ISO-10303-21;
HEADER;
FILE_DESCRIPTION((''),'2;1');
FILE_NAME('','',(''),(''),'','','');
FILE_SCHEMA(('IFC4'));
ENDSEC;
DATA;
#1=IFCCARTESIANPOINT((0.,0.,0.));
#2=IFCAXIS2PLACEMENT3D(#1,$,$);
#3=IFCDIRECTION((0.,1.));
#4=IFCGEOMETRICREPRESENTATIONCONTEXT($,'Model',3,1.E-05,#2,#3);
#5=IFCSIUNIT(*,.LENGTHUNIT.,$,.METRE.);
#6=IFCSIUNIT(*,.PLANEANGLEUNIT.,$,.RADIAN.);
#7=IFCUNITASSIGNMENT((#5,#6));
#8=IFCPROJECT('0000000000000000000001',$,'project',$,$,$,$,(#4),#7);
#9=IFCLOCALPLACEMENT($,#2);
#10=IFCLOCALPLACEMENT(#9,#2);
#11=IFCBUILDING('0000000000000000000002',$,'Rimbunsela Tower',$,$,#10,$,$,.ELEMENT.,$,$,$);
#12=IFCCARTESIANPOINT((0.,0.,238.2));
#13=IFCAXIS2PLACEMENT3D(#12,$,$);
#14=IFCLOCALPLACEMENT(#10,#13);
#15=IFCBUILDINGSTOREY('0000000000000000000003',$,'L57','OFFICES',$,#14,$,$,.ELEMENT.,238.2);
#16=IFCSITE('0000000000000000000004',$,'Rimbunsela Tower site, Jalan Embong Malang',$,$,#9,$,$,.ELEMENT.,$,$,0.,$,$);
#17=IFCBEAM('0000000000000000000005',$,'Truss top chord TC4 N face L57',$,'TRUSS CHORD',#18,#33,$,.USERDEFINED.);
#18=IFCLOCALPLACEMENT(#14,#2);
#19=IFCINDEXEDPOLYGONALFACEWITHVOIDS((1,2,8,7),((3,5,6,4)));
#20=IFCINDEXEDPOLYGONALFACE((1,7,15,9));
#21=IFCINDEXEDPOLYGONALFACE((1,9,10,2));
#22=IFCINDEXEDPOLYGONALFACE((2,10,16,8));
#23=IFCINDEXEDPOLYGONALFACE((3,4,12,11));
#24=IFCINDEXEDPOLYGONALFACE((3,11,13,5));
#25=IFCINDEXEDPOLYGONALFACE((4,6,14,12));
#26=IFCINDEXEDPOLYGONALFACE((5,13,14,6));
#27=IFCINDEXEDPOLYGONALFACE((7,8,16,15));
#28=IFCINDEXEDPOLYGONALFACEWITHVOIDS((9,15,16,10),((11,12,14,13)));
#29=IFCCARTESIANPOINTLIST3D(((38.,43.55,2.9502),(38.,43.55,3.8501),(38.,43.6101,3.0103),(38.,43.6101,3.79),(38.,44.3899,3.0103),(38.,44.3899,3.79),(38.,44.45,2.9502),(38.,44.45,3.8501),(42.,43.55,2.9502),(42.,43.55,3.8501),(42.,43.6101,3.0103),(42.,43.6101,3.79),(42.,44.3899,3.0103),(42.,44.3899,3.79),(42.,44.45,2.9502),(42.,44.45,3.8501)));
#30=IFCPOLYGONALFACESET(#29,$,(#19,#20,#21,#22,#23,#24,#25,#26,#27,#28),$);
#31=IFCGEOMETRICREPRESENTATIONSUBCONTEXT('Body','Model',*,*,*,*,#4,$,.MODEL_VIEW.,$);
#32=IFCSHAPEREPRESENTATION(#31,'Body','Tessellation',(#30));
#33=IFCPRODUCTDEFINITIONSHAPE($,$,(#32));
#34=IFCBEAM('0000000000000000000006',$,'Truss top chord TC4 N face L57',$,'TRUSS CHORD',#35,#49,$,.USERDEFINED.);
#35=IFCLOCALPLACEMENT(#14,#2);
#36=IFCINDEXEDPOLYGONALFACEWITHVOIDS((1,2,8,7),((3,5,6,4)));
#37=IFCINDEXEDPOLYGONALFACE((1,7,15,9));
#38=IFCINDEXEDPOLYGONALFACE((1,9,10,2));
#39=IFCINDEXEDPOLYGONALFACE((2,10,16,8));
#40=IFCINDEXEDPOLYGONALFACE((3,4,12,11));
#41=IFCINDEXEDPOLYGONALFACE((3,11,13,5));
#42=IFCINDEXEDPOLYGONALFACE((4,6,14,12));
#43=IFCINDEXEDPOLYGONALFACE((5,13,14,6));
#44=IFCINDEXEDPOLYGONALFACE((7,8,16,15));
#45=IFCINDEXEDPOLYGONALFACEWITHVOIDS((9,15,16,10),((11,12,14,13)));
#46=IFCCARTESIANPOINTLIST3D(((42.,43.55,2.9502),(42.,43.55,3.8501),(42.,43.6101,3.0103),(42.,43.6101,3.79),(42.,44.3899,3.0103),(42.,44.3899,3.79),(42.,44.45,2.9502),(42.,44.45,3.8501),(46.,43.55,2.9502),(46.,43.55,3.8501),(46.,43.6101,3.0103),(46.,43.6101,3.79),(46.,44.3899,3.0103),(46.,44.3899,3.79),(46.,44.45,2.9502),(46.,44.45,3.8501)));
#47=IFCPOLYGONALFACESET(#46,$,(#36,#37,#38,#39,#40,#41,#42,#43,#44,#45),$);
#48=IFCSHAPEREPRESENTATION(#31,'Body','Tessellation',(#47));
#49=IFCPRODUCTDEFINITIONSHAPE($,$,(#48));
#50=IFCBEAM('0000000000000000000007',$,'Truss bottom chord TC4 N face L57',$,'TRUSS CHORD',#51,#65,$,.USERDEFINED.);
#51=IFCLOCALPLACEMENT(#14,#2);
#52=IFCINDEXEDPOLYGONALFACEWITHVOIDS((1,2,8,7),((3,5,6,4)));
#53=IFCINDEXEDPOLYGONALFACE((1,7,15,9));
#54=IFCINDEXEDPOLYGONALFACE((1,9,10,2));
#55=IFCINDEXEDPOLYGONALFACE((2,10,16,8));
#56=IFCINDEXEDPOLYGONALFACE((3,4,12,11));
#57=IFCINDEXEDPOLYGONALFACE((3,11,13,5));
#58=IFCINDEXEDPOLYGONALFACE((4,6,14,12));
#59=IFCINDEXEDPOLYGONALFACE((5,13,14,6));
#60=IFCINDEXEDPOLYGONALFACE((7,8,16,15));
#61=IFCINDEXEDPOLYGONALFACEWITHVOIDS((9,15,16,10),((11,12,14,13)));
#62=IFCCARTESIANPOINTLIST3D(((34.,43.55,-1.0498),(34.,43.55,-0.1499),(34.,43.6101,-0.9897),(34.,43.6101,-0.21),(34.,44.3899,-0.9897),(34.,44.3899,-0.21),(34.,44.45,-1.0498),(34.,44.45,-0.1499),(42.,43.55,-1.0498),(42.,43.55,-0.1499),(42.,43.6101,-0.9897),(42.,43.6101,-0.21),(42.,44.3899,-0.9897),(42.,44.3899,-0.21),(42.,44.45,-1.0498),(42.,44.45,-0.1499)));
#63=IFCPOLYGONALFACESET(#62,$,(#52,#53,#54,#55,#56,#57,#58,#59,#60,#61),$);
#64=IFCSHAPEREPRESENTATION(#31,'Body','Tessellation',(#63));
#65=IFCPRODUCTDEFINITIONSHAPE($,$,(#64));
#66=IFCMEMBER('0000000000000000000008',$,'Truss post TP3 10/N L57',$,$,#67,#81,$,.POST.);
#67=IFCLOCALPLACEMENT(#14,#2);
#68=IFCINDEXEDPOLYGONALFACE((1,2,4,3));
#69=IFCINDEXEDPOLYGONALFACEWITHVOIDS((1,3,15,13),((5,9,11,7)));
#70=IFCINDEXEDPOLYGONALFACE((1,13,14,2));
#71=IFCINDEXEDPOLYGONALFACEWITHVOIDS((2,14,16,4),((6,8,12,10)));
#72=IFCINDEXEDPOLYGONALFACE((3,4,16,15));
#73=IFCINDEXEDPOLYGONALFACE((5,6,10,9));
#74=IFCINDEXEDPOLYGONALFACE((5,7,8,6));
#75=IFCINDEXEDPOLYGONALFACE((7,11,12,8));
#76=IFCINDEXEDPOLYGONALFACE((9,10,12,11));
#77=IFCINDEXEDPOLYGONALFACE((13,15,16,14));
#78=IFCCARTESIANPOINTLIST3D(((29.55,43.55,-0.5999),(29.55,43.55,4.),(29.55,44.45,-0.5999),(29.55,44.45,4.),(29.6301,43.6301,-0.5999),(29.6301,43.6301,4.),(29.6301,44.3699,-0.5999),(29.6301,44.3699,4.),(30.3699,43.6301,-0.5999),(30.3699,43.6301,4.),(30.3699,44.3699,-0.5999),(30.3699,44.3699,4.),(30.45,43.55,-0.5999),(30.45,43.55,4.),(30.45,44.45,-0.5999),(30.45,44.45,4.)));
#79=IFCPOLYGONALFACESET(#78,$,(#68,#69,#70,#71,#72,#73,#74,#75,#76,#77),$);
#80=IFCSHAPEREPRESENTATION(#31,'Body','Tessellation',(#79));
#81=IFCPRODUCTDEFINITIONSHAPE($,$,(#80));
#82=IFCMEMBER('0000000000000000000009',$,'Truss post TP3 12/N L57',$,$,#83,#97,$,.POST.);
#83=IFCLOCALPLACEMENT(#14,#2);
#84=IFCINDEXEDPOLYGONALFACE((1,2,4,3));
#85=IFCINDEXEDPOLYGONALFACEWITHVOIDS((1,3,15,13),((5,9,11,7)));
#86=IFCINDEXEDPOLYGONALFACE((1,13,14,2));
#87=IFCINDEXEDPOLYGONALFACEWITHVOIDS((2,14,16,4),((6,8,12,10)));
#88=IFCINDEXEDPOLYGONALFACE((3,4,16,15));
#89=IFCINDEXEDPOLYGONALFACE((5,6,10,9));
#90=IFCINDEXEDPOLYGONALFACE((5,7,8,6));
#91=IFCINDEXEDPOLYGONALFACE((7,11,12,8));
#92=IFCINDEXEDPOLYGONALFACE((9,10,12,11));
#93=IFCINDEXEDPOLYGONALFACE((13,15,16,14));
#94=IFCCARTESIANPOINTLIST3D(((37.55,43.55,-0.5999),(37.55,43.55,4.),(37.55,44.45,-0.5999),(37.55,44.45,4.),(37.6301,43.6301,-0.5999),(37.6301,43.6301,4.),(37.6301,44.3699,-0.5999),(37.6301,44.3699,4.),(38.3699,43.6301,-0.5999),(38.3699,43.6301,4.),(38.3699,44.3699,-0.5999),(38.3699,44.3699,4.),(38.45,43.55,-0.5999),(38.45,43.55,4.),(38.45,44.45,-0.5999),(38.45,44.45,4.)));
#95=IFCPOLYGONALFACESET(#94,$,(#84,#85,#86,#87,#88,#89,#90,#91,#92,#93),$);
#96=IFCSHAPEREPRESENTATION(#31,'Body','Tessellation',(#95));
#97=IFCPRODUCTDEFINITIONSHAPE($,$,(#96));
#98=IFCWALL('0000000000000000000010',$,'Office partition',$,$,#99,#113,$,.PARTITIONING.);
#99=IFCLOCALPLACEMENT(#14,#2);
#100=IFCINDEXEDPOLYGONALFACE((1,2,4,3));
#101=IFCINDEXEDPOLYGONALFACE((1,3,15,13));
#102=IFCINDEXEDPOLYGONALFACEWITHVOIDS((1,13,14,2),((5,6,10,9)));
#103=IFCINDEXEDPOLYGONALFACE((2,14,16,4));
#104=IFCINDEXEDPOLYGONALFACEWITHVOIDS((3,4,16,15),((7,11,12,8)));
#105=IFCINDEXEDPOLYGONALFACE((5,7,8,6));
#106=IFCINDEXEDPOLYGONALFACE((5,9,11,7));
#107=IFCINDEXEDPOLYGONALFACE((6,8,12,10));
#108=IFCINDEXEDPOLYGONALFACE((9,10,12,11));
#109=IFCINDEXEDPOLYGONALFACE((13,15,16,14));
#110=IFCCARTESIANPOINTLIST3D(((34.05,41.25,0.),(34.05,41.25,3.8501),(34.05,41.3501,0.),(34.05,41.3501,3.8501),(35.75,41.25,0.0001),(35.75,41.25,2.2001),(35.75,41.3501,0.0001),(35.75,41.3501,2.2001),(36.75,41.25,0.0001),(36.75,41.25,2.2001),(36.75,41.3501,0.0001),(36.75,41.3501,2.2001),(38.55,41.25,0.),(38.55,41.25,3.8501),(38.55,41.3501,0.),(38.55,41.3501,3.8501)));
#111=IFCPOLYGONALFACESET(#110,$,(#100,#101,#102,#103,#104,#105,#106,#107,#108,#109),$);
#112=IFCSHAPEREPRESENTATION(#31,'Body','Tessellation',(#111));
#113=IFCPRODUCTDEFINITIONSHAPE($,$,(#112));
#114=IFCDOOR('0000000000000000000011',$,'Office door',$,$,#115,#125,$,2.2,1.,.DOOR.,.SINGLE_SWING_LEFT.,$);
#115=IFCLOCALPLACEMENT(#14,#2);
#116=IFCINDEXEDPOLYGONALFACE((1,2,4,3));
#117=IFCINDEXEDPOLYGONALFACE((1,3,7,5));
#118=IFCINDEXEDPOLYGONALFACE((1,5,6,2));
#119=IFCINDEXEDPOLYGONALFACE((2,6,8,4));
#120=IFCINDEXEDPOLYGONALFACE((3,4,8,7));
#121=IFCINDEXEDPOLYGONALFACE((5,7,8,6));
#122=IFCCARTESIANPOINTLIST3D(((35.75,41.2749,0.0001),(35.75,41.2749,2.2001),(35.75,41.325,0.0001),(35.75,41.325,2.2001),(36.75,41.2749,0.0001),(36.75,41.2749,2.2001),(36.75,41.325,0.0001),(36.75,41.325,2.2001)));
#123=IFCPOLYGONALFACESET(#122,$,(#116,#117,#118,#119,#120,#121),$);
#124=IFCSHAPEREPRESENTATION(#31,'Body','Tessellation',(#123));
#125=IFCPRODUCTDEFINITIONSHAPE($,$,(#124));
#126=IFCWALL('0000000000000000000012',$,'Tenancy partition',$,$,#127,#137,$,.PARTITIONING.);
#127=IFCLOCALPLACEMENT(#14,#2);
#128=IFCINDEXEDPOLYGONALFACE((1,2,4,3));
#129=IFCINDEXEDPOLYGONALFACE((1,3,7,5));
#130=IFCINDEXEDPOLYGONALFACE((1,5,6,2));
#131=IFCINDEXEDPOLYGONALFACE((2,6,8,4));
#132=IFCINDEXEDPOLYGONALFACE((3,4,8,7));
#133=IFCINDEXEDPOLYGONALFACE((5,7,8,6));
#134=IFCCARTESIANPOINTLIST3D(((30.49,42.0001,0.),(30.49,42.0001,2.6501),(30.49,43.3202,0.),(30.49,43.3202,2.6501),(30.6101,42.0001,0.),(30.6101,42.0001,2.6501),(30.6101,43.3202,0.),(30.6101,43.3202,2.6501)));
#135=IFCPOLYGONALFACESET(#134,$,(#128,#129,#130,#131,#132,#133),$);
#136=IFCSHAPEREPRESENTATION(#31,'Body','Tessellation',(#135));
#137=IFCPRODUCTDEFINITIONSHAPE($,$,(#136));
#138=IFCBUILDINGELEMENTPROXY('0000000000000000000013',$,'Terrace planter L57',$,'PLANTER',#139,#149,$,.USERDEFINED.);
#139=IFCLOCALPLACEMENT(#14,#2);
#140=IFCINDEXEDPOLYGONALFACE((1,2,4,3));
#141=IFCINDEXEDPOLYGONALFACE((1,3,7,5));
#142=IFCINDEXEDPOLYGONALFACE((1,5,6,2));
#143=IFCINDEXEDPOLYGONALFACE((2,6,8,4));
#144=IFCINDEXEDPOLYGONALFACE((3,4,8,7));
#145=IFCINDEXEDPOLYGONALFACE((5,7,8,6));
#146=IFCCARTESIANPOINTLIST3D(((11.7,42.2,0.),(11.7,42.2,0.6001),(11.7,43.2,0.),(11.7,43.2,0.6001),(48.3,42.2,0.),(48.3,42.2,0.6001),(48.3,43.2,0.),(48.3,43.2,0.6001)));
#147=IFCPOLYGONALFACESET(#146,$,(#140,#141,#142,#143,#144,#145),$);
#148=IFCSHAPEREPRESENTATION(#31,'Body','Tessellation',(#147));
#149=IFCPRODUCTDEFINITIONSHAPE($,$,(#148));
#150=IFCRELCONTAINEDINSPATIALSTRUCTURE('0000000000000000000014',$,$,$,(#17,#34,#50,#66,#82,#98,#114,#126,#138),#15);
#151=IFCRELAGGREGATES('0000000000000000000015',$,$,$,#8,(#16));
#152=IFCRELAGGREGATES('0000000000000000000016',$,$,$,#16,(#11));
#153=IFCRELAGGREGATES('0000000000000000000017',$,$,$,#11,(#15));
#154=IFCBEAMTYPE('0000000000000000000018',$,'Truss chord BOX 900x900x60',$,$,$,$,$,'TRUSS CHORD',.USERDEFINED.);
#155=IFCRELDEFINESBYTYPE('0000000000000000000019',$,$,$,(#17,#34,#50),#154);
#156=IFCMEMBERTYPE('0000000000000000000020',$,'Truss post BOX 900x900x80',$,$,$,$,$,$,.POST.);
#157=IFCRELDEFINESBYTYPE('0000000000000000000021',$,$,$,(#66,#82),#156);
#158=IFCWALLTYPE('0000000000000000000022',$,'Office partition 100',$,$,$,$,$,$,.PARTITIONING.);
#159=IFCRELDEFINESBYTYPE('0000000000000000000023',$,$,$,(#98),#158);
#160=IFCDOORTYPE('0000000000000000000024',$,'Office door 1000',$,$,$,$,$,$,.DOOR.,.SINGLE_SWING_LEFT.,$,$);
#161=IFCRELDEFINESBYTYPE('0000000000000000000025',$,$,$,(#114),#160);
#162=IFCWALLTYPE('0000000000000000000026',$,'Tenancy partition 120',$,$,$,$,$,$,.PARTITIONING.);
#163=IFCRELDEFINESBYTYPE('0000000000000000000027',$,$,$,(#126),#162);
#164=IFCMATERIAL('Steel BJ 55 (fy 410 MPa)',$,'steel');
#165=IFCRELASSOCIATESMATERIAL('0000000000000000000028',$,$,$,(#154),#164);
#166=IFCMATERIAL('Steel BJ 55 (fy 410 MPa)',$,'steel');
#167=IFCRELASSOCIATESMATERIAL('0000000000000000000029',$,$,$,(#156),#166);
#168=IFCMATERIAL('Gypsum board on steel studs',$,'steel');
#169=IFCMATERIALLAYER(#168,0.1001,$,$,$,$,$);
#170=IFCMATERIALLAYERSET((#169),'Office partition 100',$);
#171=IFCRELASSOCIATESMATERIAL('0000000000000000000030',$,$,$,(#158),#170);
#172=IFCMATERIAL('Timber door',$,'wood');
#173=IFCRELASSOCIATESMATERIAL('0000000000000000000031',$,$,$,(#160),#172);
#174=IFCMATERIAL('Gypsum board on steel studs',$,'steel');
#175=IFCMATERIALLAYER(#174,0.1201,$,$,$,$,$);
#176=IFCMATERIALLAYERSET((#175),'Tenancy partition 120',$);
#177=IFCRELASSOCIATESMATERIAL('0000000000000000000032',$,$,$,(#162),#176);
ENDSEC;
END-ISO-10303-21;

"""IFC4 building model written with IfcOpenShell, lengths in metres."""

from ifc_helpers import new_model, si_unit, direction, frame, frame_2d, origin, origin_2d, place, context, subcontext, project, spatial, rectangle, hollow_rectangle, extrude, material, layer, layer_set, material_profile, profile_set, type_object, element, fill, save


model = new_model("IFC4")

# Units and contexts
model_context = context("Model", 3, precision=1e-05, world=origin(), true_north=direction((0.0, 1.0)))
body_context = subcontext(model_context, "Body", "Model", "MODEL_VIEW")
ifc_project = project(units=[si_unit("LENGTHUNIT", "METRE"), si_unit("PLANEANGLEUNIT", "RADIAN")], contexts=[model_context])

# Site, building, storey
site_placement = place(None, origin())
site = spatial("IfcSite", under=ifc_project, at=site_placement, Name="Rimbunsela Tower site, Jalan Embong Malang", CompositionType="ELEMENT", RefElevation=0.0)
building_placement = place(site_placement, origin())
building = spatial("IfcBuilding", under=site, at=building_placement, Name="Rimbunsela Tower", CompositionType="ELEMENT")
storey_placement = place(building_placement, frame((0.0, 0.0, 238.2)))
storey = spatial("IfcBuildingStorey", under=building, at=storey_placement, Name="L57", Description="OFFICES", CompositionType="ELEMENT", Elevation=238.2)

# Beams
ifc_material_1 = material(Name="Steel BJ 55 (fy 410 MPa)", Category="steel")
ifc_material_profile_1 = material_profile(ifc_material_1, hollow_rectangle(XDim=0.8999, YDim=0.8999, WallThickness=0.0601, at=origin_2d()), Name="BOX 900x900x60")
ifc_profile_set_1 = profile_set([ifc_material_profile_1], Name="Steel BJ 55 (fy 410 MPa)")
beam_type_1 = type_object("IfcBeamType", Name="Truss chord BOX 900x900x60", ElementType="TRUSS CHORD", PredefinedType="USERDEFINED", material=ifc_profile_set_1)
for number, where, z_axis, x_axis, name in (
    (1, (38.0, 44.0, 3.4001), (1.0, 0.0, 0.0), (0.0, 1.0, 0.0), "Truss top chord TC4 N face L57"),
    (2, (42.0, 44.0, 3.4001), (1.0, 0.0, 0.0), (0.0, 1.0, 0.0), "Truss top chord TC4 N face L57"),
):
    element("IfcBeam", number, at=place(storey_placement, frame(where, z_axis=z_axis, x_axis=x_axis)), inside=storey, type_object=beam_type_1, Name=name, ObjectType="TRUSS CHORD", PredefinedType="USERDEFINED", context=body_context, shape_type="SweptSolid", body=[
        extrude(hollow_rectangle(XDim=0.8999, YDim=0.8999, WallThickness=0.0601, at=origin_2d()), origin(), (0.0, 0.0, 1.0), 4.0),
    ])
beam_1_placement = place(storey_placement, frame((34.0, 44.0, -0.5999), z_axis=(1.0, 0.0, 0.0), x_axis=(0.0, 1.0, 0.0)))
element("IfcBeam", 3, at=beam_1_placement, inside=storey, type_object=beam_type_1, Name="Truss bottom chord TC4 N face L57", ObjectType="TRUSS CHORD", PredefinedType="USERDEFINED", context=body_context, shape_type="SweptSolid", body=[
    extrude(hollow_rectangle(XDim=0.8999, YDim=0.8999, WallThickness=0.0601, at=origin_2d()), origin(), (0.0, 0.0, 1.0), 8.0),
])

# Members
ifc_material_2 = material(Name="Steel BJ 55 (fy 410 MPa)", Category="steel")
ifc_material_profile_2 = material_profile(ifc_material_2, hollow_rectangle(XDim=0.8999, YDim=0.8999, WallThickness=0.0801, at=origin_2d()), Name="BOX 900x900x80")
ifc_profile_set_2 = profile_set([ifc_material_profile_2], Name="Steel BJ 55 (fy 410 MPa)")
member_type_1 = type_object("IfcMemberType", Name="Truss post BOX 900x900x80", PredefinedType="POST", material=ifc_profile_set_2)
for number, where, z_axis, x_axis, name in (
    (4, (30.0, 44.0, -0.5999), (0.0, 0.0, 1.0), (1.0, 0.0, 0.0), "Truss post TP3 10/N L57"),
    (5, (38.0, 44.0, -0.5999), (0.0, 0.0, 1.0), (1.0, 0.0, 0.0), "Truss post TP3 12/N L57"),
):
    element("IfcMember", number, at=place(storey_placement, frame(where, z_axis=z_axis, x_axis=x_axis)), inside=storey, type_object=member_type_1, Name=name, PredefinedType="POST", context=body_context, shape_type="SweptSolid", body=[
        extrude(hollow_rectangle(XDim=0.8999, YDim=0.8999, WallThickness=0.0801, at=origin_2d()), origin(), (0.0, 0.0, 1.0), 4.5999),
    ])

# Wall, opening, door
ifc_material_3 = material(Name="Gypsum board on steel studs", Category="steel")
ifc_layer_1 = layer(ifc_material_3, 0.1001)
ifc_layer_set_1 = layer_set([ifc_layer_1], Name="Office partition 100")
wall_type_1 = type_object("IfcWallType", Name="Office partition 100", PredefinedType="PARTITIONING", material=ifc_layer_set_1)
wall_1_placement = place(storey_placement, frame((34.05, 41.3, 0.0), z_axis=(0.0, 0.0, 1.0), x_axis=(1.0, 0.0, 0.0)))
wall_1 = element("IfcWall", 6, at=wall_1_placement, inside=storey, type_object=wall_type_1, Name="Office partition", PredefinedType="PARTITIONING", context=body_context, shape_type="SweptSolid", body=[
    extrude(rectangle(XDim=4.5, YDim=0.1001, at=frame_2d((2.25, 0.0))), origin(), (0.0, 0.0, 1.0), 3.8501),
])
opening_placement = place(wall_1_placement, frame((1.7, 0.0, 0.0)))
opening = element("IfcOpeningElement", 7, at=opening_placement, cuts=wall_1, PredefinedType="OPENING", context=body_context, shape_type="SweptSolid", body=[
    extrude(rectangle(XDim=1.0, YDim=2.2, at=frame_2d((0.5, 1.1001))), frame((0.0, 0.0601, 0.0), z_axis=(0.0, -1.0, 0.0), x_axis=(1.0, 0.0, 0.0)), (0.0, 0.0, 1.0), 0.1201),
])
ifc_material_4 = material(Name="Timber door", Category="wood")
door_type = type_object("IfcDoorType", Name="Office door 1000", OperationType="SINGLE_SWING_LEFT", PredefinedType="DOOR", material=ifc_material_4)
door_placement = place(opening_placement, origin())
door = element("IfcDoor", 8, at=door_placement, inside=storey, type_object=door_type, Name="Office door", OperationType="SINGLE_SWING_LEFT", OverallHeight=2.2, OverallWidth=1.0, PredefinedType="DOOR", context=body_context, shape_type="SweptSolid", body=[
    extrude(rectangle(XDim=1.0, YDim=2.2, at=frame_2d((0.5, 1.1001))), frame((0.0, 0.0249, 0.0), z_axis=(0.0, -1.0, 0.0), x_axis=(1.0, 0.0, 0.0)), (0.0, 0.0, 1.0), 0.05),
])
fill(opening, door)

# Wall
ifc_material_5 = material(Name="Gypsum board on steel studs", Category="steel")
ifc_layer_2 = layer(ifc_material_5, 0.1201)
ifc_layer_set_2 = layer_set([ifc_layer_2], Name="Tenancy partition 120")
wall_type_2 = type_object("IfcWallType", Name="Tenancy partition 120", PredefinedType="PARTITIONING", material=ifc_layer_set_2)
wall_2_placement = place(storey_placement, frame((30.55, 42.0, 0.0), z_axis=(0.0, 0.0, 1.0), x_axis=(0.0, 1.0, 0.0)))
element("IfcWall", 9, at=wall_2_placement, inside=storey, type_object=wall_type_2, Name="Tenancy partition", PredefinedType="PARTITIONING", context=body_context, shape_type="SweptSolid", body=[
    extrude(rectangle(XDim=1.3201, YDim=0.1201, at=frame_2d((0.6602, 0.0))), origin(), (0.0, 0.0, 1.0), 2.6501),
])

# Building element proxy
proxy_placement = place(storey_placement, frame((30.0, 42.7, 0.0), z_axis=(0.0, 0.0, 1.0), x_axis=(1.0, 0.0, 0.0)))
element("IfcBuildingElementProxy", 10, at=proxy_placement, inside=storey, Name="Terrace planter L57", ObjectType="PLANTER", PredefinedType="USERDEFINED", context=body_context, shape_type="SweptSolid", body=[
    extrude(rectangle(XDim=36.6001, YDim=1.0, at=origin_2d()), origin(), (0.0, 0.0, 1.0), 0.6001),
])

save(model, "model.ifc")
